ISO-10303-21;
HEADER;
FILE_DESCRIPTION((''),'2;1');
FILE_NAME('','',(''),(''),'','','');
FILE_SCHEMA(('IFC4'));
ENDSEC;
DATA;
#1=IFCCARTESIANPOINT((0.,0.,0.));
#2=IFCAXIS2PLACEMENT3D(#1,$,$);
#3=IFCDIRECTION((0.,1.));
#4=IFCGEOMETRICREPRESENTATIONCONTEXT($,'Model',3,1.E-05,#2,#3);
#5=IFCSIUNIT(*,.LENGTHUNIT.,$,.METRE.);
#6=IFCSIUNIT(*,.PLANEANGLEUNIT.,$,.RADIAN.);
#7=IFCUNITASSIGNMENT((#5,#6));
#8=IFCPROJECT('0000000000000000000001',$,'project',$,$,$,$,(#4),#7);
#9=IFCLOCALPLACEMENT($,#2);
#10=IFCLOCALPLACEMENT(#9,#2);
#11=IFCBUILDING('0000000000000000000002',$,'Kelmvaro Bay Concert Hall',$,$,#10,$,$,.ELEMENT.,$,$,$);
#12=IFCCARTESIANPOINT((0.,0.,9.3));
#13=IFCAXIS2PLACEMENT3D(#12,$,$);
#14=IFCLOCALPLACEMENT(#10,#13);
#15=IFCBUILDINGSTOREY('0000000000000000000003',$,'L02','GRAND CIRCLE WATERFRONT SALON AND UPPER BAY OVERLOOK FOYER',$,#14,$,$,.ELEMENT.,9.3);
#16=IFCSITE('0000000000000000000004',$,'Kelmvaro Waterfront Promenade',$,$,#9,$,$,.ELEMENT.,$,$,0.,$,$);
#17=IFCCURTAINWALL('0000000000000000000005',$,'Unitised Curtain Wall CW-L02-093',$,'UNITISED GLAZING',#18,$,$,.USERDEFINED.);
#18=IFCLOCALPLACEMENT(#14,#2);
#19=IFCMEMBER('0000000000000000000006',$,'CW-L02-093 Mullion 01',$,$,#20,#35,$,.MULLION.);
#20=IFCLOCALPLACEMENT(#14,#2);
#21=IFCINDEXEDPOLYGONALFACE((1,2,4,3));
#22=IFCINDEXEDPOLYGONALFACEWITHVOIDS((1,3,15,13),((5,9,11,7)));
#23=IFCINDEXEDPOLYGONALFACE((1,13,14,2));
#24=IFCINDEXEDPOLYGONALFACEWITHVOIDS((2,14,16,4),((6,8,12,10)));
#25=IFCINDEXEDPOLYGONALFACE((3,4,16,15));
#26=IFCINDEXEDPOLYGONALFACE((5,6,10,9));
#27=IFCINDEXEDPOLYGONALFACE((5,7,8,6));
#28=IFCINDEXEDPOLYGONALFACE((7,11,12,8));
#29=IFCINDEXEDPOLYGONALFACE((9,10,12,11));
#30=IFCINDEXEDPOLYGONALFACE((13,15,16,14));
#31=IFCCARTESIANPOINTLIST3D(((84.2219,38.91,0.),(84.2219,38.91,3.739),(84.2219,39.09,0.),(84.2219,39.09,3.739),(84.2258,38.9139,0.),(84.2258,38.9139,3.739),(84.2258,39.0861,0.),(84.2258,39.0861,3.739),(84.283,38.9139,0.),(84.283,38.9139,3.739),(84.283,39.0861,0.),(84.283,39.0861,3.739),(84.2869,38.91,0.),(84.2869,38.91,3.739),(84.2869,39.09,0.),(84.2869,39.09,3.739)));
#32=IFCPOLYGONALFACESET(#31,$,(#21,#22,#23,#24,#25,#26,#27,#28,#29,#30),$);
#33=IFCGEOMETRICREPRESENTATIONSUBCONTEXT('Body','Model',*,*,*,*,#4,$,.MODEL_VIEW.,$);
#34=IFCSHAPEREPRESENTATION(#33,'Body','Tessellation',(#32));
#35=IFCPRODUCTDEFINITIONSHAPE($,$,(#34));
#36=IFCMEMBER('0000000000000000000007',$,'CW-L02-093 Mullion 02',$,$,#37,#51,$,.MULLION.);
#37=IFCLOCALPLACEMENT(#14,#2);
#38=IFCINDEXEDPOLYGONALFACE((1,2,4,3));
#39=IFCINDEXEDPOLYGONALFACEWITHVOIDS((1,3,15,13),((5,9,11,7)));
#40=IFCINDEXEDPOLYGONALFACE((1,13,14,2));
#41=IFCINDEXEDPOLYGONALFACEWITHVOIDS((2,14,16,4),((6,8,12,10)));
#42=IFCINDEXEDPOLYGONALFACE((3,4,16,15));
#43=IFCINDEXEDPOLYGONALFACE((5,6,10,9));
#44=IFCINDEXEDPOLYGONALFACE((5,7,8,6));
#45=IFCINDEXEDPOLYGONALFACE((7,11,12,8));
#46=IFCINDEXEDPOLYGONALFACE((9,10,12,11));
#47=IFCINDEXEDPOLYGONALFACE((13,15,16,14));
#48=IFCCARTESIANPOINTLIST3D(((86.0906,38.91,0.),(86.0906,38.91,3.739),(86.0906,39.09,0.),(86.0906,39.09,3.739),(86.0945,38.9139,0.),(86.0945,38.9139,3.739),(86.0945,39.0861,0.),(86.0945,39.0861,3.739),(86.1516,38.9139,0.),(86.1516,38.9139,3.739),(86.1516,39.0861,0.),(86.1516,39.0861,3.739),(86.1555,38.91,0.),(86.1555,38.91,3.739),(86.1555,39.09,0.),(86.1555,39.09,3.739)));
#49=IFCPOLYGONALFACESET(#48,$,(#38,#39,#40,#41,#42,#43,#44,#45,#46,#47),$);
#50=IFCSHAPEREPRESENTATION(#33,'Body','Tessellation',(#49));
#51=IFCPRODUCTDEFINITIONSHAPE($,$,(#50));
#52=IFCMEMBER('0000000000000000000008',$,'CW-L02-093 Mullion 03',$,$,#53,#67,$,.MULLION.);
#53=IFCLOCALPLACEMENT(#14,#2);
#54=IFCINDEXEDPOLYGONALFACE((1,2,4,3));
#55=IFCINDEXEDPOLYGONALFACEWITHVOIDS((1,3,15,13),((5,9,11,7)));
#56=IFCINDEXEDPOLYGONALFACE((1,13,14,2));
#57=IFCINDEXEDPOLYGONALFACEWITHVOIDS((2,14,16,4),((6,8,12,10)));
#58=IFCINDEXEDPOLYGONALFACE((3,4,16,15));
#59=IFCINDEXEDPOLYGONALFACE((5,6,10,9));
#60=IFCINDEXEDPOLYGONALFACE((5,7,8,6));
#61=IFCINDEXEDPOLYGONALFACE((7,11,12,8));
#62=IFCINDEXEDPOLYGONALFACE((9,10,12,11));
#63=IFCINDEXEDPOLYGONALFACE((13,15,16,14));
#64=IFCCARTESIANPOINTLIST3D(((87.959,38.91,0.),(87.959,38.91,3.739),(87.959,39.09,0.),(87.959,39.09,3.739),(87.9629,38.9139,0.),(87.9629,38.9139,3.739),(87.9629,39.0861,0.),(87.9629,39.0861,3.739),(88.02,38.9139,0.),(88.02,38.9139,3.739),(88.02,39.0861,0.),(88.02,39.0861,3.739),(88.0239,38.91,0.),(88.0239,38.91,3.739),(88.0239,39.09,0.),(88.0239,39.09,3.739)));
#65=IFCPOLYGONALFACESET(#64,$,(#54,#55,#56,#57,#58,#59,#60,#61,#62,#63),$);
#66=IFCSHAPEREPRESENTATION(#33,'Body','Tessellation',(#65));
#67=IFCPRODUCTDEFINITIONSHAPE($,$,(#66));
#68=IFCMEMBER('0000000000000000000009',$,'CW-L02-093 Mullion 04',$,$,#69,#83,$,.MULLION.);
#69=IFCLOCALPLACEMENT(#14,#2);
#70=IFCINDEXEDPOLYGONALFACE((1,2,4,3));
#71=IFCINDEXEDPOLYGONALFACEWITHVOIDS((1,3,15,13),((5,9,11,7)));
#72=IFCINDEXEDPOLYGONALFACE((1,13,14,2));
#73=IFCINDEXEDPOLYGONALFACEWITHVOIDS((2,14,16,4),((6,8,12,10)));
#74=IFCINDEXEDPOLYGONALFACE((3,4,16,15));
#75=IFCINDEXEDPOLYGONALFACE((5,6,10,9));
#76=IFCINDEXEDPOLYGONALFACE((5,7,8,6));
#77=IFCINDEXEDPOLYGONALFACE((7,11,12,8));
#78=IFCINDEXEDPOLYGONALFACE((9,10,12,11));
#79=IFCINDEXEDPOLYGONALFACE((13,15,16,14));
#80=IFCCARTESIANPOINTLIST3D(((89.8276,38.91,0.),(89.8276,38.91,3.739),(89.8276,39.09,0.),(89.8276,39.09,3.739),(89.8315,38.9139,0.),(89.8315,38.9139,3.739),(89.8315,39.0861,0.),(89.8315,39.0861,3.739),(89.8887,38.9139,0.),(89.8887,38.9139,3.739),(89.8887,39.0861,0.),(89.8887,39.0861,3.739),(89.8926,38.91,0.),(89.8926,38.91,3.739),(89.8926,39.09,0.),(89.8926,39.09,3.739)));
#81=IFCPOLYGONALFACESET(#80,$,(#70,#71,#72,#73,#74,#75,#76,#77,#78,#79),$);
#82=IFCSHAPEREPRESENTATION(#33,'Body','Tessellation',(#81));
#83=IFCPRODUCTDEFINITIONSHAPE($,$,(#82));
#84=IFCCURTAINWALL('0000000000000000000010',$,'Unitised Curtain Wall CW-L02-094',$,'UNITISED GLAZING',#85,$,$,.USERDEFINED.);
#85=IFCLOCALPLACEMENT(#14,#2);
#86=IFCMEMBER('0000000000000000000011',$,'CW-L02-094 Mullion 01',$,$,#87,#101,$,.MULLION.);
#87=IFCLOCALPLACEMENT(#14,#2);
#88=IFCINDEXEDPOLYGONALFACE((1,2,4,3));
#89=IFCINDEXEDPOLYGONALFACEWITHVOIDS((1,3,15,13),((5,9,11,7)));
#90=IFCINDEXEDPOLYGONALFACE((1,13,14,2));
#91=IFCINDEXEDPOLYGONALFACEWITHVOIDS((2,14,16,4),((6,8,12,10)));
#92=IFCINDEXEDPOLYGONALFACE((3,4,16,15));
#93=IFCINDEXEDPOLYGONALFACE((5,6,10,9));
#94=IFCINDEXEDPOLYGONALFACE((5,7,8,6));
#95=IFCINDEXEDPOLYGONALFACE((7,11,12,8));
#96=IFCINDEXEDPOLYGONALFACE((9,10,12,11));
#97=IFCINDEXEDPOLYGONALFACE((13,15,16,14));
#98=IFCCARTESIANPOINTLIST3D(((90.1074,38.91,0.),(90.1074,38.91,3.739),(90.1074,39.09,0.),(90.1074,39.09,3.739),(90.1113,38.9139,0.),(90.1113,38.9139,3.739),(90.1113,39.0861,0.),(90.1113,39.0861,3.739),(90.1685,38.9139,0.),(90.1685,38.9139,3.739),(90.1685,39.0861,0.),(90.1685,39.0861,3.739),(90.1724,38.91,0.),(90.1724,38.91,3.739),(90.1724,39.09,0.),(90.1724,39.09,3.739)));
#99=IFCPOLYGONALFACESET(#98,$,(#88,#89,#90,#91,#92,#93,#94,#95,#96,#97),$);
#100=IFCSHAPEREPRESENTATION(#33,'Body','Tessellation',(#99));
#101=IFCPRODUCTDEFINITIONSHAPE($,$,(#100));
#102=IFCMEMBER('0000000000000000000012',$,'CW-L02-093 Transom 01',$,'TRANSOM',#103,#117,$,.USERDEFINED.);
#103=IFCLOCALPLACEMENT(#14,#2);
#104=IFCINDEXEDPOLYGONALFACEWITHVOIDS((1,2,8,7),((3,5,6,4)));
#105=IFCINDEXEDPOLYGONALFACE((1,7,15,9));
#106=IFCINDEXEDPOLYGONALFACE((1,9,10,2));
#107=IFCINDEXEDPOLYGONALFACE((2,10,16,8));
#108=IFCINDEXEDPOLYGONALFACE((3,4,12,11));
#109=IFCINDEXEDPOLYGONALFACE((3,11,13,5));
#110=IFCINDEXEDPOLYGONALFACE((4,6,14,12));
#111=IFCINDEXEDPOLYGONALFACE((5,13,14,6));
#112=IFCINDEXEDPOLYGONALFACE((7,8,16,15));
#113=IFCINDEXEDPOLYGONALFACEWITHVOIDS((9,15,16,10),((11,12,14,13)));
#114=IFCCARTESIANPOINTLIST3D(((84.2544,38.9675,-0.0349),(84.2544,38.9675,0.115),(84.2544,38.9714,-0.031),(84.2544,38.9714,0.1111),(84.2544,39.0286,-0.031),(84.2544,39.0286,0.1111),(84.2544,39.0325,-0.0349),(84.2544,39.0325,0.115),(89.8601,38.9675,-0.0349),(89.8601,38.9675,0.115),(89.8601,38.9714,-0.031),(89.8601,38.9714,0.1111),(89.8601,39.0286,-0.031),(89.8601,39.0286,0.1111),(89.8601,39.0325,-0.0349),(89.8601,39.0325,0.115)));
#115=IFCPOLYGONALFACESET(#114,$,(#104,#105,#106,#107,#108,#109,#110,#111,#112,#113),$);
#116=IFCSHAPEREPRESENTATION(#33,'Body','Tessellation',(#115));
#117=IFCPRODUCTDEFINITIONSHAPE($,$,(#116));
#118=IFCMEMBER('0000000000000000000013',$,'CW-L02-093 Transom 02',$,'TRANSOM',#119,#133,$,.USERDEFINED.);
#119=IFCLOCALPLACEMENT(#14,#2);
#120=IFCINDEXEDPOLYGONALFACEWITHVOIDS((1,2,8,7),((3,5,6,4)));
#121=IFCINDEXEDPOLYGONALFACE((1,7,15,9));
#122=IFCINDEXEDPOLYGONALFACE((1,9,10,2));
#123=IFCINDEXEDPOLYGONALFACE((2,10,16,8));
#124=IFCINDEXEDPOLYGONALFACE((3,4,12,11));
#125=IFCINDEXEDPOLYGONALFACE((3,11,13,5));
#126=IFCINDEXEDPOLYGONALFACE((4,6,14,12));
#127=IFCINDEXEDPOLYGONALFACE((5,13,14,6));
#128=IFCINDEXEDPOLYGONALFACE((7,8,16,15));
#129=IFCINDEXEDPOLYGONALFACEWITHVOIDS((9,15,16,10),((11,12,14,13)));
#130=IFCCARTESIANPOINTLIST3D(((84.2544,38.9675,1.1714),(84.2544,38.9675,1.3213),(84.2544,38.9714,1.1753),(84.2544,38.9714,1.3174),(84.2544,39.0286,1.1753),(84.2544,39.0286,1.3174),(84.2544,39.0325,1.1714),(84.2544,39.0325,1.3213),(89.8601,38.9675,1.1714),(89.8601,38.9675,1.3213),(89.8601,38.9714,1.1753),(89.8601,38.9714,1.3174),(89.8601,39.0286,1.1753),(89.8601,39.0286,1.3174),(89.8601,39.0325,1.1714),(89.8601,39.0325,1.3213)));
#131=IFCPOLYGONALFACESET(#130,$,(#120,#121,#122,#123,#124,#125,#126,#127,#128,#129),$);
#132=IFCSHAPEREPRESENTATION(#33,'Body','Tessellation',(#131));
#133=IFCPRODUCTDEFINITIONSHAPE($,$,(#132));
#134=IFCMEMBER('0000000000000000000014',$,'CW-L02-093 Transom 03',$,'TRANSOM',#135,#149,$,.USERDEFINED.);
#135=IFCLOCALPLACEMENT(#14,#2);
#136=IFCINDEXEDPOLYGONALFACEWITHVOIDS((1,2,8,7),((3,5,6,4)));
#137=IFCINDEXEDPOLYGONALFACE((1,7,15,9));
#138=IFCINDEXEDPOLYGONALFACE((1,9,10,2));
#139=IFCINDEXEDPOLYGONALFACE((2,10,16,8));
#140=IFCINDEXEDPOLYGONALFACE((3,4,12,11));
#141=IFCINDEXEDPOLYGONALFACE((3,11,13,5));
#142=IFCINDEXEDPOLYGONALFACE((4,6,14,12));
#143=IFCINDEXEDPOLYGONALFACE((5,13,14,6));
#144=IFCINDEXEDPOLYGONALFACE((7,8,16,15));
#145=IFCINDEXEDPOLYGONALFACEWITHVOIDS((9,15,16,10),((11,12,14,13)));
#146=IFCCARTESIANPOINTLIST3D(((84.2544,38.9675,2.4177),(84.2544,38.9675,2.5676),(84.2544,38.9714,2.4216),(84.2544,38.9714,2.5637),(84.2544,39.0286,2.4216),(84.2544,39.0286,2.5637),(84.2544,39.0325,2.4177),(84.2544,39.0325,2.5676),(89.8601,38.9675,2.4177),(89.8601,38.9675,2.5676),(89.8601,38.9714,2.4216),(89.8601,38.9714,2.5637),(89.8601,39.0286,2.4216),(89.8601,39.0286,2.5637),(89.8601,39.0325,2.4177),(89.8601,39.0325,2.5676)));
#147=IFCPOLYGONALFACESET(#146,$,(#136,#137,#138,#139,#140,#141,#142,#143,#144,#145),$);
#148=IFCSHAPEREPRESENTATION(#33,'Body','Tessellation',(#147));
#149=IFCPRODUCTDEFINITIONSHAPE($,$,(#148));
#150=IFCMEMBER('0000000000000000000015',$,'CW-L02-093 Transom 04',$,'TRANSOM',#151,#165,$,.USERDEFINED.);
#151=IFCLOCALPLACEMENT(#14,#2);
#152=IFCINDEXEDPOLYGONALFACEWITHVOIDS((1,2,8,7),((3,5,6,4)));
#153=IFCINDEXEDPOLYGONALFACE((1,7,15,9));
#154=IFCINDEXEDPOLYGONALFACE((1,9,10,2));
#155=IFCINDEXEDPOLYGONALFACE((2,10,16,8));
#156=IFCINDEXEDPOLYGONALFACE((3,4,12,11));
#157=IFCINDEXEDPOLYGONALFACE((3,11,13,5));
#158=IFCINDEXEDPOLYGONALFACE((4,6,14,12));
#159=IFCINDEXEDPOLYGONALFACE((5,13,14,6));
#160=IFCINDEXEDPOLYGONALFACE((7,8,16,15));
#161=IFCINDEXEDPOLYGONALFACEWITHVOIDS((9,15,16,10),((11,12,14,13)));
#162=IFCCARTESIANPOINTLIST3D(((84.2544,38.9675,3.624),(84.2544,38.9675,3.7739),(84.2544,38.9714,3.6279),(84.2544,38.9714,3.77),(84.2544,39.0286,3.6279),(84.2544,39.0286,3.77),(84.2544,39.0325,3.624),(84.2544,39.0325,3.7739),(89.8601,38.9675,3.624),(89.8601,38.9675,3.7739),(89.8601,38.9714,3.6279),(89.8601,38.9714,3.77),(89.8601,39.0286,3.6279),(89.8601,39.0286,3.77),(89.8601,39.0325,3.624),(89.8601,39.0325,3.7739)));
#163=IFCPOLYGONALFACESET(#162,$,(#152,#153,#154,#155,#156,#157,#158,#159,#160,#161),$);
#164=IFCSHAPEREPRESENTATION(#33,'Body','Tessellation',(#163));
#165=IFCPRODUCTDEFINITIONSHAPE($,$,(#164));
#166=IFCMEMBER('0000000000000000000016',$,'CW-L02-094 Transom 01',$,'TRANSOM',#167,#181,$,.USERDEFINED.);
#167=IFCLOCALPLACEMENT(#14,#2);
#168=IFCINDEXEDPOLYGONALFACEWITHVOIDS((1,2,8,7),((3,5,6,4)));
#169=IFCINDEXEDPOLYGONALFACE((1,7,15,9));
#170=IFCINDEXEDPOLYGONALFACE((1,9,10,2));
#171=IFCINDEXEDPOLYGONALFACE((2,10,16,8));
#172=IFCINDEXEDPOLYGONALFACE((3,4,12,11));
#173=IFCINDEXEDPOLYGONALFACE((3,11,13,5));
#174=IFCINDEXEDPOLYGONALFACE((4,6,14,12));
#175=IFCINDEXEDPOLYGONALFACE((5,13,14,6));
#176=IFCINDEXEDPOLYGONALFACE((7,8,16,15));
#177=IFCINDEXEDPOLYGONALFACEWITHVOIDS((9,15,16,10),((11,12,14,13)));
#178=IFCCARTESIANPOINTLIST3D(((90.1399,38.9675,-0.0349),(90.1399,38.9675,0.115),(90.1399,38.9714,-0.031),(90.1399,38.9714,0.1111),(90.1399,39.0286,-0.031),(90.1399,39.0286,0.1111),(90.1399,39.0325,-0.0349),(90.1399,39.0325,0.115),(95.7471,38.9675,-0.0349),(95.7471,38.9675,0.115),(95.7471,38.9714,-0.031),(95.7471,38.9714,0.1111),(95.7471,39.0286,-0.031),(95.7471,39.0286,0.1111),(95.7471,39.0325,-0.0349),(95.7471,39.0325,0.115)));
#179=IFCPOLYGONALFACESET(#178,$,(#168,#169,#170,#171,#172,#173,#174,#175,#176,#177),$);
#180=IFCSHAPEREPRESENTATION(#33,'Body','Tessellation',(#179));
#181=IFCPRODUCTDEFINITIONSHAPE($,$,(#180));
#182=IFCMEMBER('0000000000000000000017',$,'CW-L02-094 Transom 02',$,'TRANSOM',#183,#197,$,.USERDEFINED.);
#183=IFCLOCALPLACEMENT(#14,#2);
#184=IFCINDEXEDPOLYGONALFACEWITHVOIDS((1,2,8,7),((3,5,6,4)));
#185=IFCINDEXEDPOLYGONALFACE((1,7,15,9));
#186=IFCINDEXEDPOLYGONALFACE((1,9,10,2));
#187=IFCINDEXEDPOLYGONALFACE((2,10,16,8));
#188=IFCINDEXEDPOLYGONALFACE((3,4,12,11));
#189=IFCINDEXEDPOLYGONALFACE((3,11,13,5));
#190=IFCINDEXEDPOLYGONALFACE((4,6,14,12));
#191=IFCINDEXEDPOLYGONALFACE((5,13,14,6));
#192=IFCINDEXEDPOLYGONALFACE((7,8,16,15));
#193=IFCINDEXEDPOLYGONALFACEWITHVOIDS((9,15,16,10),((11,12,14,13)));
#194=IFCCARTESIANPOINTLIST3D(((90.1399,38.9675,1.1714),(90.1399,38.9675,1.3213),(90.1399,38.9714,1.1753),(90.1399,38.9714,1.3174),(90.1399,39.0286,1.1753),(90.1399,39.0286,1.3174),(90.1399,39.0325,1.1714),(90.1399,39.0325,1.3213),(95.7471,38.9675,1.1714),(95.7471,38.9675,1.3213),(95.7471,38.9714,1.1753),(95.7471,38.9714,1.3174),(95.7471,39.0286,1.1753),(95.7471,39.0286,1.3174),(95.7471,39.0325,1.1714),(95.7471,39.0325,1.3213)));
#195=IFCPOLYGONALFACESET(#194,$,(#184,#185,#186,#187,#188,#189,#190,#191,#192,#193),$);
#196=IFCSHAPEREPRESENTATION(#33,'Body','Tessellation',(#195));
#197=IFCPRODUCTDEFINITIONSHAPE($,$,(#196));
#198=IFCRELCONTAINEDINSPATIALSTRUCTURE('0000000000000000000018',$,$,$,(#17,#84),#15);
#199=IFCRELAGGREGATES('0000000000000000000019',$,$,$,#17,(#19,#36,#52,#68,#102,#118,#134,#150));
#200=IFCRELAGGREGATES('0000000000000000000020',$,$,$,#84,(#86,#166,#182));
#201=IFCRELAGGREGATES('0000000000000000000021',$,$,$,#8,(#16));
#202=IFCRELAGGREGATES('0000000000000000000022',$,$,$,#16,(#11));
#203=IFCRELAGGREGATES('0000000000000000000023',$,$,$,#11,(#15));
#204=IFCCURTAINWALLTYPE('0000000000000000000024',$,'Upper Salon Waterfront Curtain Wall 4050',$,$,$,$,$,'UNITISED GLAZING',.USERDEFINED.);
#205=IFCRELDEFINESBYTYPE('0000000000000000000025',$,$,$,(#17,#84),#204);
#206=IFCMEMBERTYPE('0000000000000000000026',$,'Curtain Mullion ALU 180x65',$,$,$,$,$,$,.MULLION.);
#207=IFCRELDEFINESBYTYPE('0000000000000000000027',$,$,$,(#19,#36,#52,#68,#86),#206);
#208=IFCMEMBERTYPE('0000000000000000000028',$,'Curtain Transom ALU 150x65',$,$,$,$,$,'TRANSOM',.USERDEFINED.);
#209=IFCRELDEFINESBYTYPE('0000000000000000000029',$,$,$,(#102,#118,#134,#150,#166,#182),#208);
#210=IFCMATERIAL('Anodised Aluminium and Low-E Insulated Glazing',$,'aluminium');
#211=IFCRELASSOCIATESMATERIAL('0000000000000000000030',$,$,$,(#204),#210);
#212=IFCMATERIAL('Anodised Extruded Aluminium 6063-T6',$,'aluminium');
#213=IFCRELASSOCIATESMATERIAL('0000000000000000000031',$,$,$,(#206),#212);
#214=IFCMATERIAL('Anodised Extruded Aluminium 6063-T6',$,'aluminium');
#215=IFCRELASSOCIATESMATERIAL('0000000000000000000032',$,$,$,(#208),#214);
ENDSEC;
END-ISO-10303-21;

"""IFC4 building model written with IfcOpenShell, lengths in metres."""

from ifc_helpers import new_model, si_unit, direction, frame, origin, origin_2d, place, context, subcontext, project, spatial, hollow_rectangle, extrude, material, material_profile, profile_set, type_object, element, aggregate, save


model = new_model("IFC4")

# Units and contexts
model_context = context("Model", 3, precision=1e-05, world=origin(), true_north=direction((0.0, 1.0)))
body_context = subcontext(model_context, "Body", "Model", "MODEL_VIEW")
ifc_project = project(units=[si_unit("LENGTHUNIT", "METRE"), si_unit("PLANEANGLEUNIT", "RADIAN")], contexts=[model_context])

# Site, building, storey
site_placement = place(None, origin())
site = spatial("IfcSite", under=ifc_project, at=site_placement, Name="Kelmvaro Waterfront Promenade", CompositionType="ELEMENT", RefElevation=0.0)
building_placement = place(site_placement, origin())
building = spatial("IfcBuilding", under=site, at=building_placement, Name="Kelmvaro Bay Concert Hall", CompositionType="ELEMENT")
storey_placement = place(building_placement, frame((0.0, 0.0, 9.3)))
storey = spatial("IfcBuildingStorey", under=building, at=storey_placement, Name="L02", Description="GRAND CIRCLE WATERFRONT SALON AND UPPER BAY OVERLOOK FOYER", CompositionType="ELEMENT", Elevation=9.3)

# Curtain wall, members
ifc_material_1 = material(Name="Anodised Aluminium and Low-E Insulated Glazing", Category="aluminium")
curtain_wall_type = type_object("IfcCurtainWallType", Name="Upper Salon Waterfront Curtain Wall 4050", ElementType="UNITISED GLAZING", PredefinedType="USERDEFINED", material=ifc_material_1)
curtain_wall_1_placement = place(storey_placement, origin())
curtain_wall_1 = element("IfcCurtainWall", 1, at=curtain_wall_1_placement, inside=storey, type_object=curtain_wall_type, Name="Unitised Curtain Wall CW-L02-093", ObjectType="UNITISED GLAZING", PredefinedType="USERDEFINED")
ifc_material_2 = material(Name="Anodised Extruded Aluminium 6063-T6", Category="aluminium")
ifc_material_profile_1 = material_profile(ifc_material_2, hollow_rectangle(XDim=0.0649, YDim=0.1799, WallThickness=0.0039, at=origin_2d()), Name="ALU-MUL-180X65")
ifc_profile_set_1 = profile_set([ifc_material_profile_1], Name="Anodised Extruded Aluminium 6063-T6")
member_type_1 = type_object("IfcMemberType", Name="Curtain Mullion ALU 180x65", PredefinedType="MULLION", material=ifc_profile_set_1)
member_1_placement = place(storey_placement, frame((84.2544, 39.0, 0.0), z_axis=(0.0, 0.0, 1.0), x_axis=(1.0, 0.0, 0.0)))
member_1 = element("IfcMember", 2, at=member_1_placement, type_object=member_type_1, Name="CW-L02-093 Mullion 01", PredefinedType="MULLION", context=body_context, shape_type="SweptSolid", body=[
    extrude(hollow_rectangle(XDim=0.0649, YDim=0.1799, WallThickness=0.0039, at=origin_2d()), origin(), (0.0, 0.0, 1.0), 3.739),
])
member_2_placement = place(storey_placement, frame((86.123, 39.0, 0.0), z_axis=(0.0, 0.0, 1.0), x_axis=(1.0, 0.0, 0.0)))
member_2 = element("IfcMember", 3, at=member_2_placement, type_object=member_type_1, Name="CW-L02-093 Mullion 02", PredefinedType="MULLION", context=body_context, shape_type="SweptSolid", body=[
    extrude(hollow_rectangle(XDim=0.0649, YDim=0.1799, WallThickness=0.0039, at=origin_2d()), origin(), (0.0, 0.0, 1.0), 3.739),
])
member_3_placement = place(storey_placement, frame((87.9915, 39.0, 0.0), z_axis=(0.0, 0.0, 1.0), x_axis=(1.0, 0.0, 0.0)))
member_3 = element("IfcMember", 4, at=member_3_placement, type_object=member_type_1, Name="CW-L02-093 Mullion 03", PredefinedType="MULLION", context=body_context, shape_type="SweptSolid", body=[
    extrude(hollow_rectangle(XDim=0.0649, YDim=0.1799, WallThickness=0.0039, at=origin_2d()), origin(), (0.0, 0.0, 1.0), 3.739),
])
member_4_placement = place(storey_placement, frame((89.8601, 39.0, 0.0), z_axis=(0.0, 0.0, 1.0), x_axis=(1.0, 0.0, 0.0)))
member_4 = element("IfcMember", 5, at=member_4_placement, type_object=member_type_1, Name="CW-L02-093 Mullion 04", PredefinedType="MULLION", context=body_context, shape_type="SweptSolid", body=[
    extrude(hollow_rectangle(XDim=0.0649, YDim=0.1799, WallThickness=0.0039, at=origin_2d()), origin(), (0.0, 0.0, 1.0), 3.739),
])

# Curtain wall, member
curtain_wall_2_placement = place(storey_placement, origin())
curtain_wall_2 = element("IfcCurtainWall", 6, at=curtain_wall_2_placement, inside=storey, type_object=curtain_wall_type, Name="Unitised Curtain Wall CW-L02-094", ObjectType="UNITISED GLAZING", PredefinedType="USERDEFINED")
member_5_placement = place(storey_placement, frame((90.1399, 39.0, 0.0), z_axis=(0.0, 0.0, 1.0), x_axis=(1.0, 0.0, 0.0)))
member_5 = element("IfcMember", 7, at=member_5_placement, type_object=member_type_1, Name="CW-L02-094 Mullion 01", PredefinedType="MULLION", context=body_context, shape_type="SweptSolid", body=[
    extrude(hollow_rectangle(XDim=0.0649, YDim=0.1799, WallThickness=0.0039, at=origin_2d()), origin(), (0.0, 0.0, 1.0), 3.739),
])

# Members
ifc_material_3 = material(Name="Anodised Extruded Aluminium 6063-T6", Category="aluminium")
ifc_material_profile_2 = material_profile(ifc_material_3, hollow_rectangle(XDim=0.0649, YDim=0.1499, WallThickness=0.0039, at=origin_2d()), Name="ALU-TRN-150X65")
ifc_profile_set_2 = profile_set([ifc_material_profile_2], Name="Anodised Extruded Aluminium 6063-T6")
member_type_2 = type_object("IfcMemberType", Name="Curtain Transom ALU 150x65", ElementType="TRANSOM", PredefinedType="USERDEFINED", material=ifc_profile_set_2)
member_6_placement = place(storey_placement, frame((84.2544, 39.0, 0.04), z_axis=(1.0, 0.0, 0.0), x_axis=(0.0, 1.0, 0.0)))
member_6 = element("IfcMember", 8, at=member_6_placement, type_object=member_type_2, Name="CW-L02-093 Transom 01", ObjectType="TRANSOM", PredefinedType="USERDEFINED", context=body_context, shape_type="SweptSolid", body=[
    extrude(hollow_rectangle(XDim=0.0649, YDim=0.1499, WallThickness=0.0039, at=origin_2d()), origin(), (0.0, 0.0, 1.0), 5.6057),
])
member_7_placement = place(storey_placement, frame((84.2544, 39.0, 1.2463), z_axis=(1.0, 0.0, 0.0), x_axis=(0.0, 1.0, 0.0)))
member_7 = element("IfcMember", 9, at=member_7_placement, type_object=member_type_2, Name="CW-L02-093 Transom 02", ObjectType="TRANSOM", PredefinedType="USERDEFINED", context=body_context, shape_type="SweptSolid", body=[
    extrude(hollow_rectangle(XDim=0.0649, YDim=0.1499, WallThickness=0.0039, at=origin_2d()), origin(), (0.0, 0.0, 1.0), 5.6057),
])
member_8_placement = place(storey_placement, frame((84.2544, 39.0, 2.4927), z_axis=(1.0, 0.0, 0.0), x_axis=(0.0, 1.0, 0.0)))
member_8 = element("IfcMember", 10, at=member_8_placement, type_object=member_type_2, Name="CW-L02-093 Transom 03", ObjectType="TRANSOM", PredefinedType="USERDEFINED", context=body_context, shape_type="SweptSolid", body=[
    extrude(hollow_rectangle(XDim=0.0649, YDim=0.1499, WallThickness=0.0039, at=origin_2d()), origin(), (0.0, 0.0, 1.0), 5.6057),
])
member_9_placement = place(storey_placement, frame((84.2544, 39.0, 3.699), z_axis=(1.0, 0.0, 0.0), x_axis=(0.0, 1.0, 0.0)))
member_9 = element("IfcMember", 11, at=member_9_placement, type_object=member_type_2, Name="CW-L02-093 Transom 04", ObjectType="TRANSOM", PredefinedType="USERDEFINED", context=body_context, shape_type="SweptSolid", body=[
    extrude(hollow_rectangle(XDim=0.0649, YDim=0.1499, WallThickness=0.0039, at=origin_2d()), origin(), (0.0, 0.0, 1.0), 5.6057),
])
member_10_placement = place(storey_placement, frame((90.1399, 39.0, 0.04), z_axis=(1.0, 0.0, 0.0), x_axis=(0.0, 1.0, 0.0)))
member_10 = element("IfcMember", 12, at=member_10_placement, type_object=member_type_2, Name="CW-L02-094 Transom 01", ObjectType="TRANSOM", PredefinedType="USERDEFINED", context=body_context, shape_type="SweptSolid", body=[
    extrude(hollow_rectangle(XDim=0.0649, YDim=0.1499, WallThickness=0.0039, at=origin_2d()), origin(), (0.0, 0.0, 1.0), 5.6072),
])
member_11_placement = place(storey_placement, frame((90.1399, 39.0, 1.2463), z_axis=(1.0, 0.0, 0.0), x_axis=(0.0, 1.0, 0.0)))
member_11 = element("IfcMember", 13, at=member_11_placement, type_object=member_type_2, Name="CW-L02-094 Transom 02", ObjectType="TRANSOM", PredefinedType="USERDEFINED", context=body_context, shape_type="SweptSolid", body=[
    extrude(hollow_rectangle(XDim=0.0649, YDim=0.1499, WallThickness=0.0039, at=origin_2d()), origin(), (0.0, 0.0, 1.0), 5.6072),
])

aggregate(curtain_wall_1, [member_1, member_2, member_3, member_4, member_6, member_7, member_8, member_9])
aggregate(curtain_wall_2, [member_5, member_10, member_11])

save(model, "model.ifc")
